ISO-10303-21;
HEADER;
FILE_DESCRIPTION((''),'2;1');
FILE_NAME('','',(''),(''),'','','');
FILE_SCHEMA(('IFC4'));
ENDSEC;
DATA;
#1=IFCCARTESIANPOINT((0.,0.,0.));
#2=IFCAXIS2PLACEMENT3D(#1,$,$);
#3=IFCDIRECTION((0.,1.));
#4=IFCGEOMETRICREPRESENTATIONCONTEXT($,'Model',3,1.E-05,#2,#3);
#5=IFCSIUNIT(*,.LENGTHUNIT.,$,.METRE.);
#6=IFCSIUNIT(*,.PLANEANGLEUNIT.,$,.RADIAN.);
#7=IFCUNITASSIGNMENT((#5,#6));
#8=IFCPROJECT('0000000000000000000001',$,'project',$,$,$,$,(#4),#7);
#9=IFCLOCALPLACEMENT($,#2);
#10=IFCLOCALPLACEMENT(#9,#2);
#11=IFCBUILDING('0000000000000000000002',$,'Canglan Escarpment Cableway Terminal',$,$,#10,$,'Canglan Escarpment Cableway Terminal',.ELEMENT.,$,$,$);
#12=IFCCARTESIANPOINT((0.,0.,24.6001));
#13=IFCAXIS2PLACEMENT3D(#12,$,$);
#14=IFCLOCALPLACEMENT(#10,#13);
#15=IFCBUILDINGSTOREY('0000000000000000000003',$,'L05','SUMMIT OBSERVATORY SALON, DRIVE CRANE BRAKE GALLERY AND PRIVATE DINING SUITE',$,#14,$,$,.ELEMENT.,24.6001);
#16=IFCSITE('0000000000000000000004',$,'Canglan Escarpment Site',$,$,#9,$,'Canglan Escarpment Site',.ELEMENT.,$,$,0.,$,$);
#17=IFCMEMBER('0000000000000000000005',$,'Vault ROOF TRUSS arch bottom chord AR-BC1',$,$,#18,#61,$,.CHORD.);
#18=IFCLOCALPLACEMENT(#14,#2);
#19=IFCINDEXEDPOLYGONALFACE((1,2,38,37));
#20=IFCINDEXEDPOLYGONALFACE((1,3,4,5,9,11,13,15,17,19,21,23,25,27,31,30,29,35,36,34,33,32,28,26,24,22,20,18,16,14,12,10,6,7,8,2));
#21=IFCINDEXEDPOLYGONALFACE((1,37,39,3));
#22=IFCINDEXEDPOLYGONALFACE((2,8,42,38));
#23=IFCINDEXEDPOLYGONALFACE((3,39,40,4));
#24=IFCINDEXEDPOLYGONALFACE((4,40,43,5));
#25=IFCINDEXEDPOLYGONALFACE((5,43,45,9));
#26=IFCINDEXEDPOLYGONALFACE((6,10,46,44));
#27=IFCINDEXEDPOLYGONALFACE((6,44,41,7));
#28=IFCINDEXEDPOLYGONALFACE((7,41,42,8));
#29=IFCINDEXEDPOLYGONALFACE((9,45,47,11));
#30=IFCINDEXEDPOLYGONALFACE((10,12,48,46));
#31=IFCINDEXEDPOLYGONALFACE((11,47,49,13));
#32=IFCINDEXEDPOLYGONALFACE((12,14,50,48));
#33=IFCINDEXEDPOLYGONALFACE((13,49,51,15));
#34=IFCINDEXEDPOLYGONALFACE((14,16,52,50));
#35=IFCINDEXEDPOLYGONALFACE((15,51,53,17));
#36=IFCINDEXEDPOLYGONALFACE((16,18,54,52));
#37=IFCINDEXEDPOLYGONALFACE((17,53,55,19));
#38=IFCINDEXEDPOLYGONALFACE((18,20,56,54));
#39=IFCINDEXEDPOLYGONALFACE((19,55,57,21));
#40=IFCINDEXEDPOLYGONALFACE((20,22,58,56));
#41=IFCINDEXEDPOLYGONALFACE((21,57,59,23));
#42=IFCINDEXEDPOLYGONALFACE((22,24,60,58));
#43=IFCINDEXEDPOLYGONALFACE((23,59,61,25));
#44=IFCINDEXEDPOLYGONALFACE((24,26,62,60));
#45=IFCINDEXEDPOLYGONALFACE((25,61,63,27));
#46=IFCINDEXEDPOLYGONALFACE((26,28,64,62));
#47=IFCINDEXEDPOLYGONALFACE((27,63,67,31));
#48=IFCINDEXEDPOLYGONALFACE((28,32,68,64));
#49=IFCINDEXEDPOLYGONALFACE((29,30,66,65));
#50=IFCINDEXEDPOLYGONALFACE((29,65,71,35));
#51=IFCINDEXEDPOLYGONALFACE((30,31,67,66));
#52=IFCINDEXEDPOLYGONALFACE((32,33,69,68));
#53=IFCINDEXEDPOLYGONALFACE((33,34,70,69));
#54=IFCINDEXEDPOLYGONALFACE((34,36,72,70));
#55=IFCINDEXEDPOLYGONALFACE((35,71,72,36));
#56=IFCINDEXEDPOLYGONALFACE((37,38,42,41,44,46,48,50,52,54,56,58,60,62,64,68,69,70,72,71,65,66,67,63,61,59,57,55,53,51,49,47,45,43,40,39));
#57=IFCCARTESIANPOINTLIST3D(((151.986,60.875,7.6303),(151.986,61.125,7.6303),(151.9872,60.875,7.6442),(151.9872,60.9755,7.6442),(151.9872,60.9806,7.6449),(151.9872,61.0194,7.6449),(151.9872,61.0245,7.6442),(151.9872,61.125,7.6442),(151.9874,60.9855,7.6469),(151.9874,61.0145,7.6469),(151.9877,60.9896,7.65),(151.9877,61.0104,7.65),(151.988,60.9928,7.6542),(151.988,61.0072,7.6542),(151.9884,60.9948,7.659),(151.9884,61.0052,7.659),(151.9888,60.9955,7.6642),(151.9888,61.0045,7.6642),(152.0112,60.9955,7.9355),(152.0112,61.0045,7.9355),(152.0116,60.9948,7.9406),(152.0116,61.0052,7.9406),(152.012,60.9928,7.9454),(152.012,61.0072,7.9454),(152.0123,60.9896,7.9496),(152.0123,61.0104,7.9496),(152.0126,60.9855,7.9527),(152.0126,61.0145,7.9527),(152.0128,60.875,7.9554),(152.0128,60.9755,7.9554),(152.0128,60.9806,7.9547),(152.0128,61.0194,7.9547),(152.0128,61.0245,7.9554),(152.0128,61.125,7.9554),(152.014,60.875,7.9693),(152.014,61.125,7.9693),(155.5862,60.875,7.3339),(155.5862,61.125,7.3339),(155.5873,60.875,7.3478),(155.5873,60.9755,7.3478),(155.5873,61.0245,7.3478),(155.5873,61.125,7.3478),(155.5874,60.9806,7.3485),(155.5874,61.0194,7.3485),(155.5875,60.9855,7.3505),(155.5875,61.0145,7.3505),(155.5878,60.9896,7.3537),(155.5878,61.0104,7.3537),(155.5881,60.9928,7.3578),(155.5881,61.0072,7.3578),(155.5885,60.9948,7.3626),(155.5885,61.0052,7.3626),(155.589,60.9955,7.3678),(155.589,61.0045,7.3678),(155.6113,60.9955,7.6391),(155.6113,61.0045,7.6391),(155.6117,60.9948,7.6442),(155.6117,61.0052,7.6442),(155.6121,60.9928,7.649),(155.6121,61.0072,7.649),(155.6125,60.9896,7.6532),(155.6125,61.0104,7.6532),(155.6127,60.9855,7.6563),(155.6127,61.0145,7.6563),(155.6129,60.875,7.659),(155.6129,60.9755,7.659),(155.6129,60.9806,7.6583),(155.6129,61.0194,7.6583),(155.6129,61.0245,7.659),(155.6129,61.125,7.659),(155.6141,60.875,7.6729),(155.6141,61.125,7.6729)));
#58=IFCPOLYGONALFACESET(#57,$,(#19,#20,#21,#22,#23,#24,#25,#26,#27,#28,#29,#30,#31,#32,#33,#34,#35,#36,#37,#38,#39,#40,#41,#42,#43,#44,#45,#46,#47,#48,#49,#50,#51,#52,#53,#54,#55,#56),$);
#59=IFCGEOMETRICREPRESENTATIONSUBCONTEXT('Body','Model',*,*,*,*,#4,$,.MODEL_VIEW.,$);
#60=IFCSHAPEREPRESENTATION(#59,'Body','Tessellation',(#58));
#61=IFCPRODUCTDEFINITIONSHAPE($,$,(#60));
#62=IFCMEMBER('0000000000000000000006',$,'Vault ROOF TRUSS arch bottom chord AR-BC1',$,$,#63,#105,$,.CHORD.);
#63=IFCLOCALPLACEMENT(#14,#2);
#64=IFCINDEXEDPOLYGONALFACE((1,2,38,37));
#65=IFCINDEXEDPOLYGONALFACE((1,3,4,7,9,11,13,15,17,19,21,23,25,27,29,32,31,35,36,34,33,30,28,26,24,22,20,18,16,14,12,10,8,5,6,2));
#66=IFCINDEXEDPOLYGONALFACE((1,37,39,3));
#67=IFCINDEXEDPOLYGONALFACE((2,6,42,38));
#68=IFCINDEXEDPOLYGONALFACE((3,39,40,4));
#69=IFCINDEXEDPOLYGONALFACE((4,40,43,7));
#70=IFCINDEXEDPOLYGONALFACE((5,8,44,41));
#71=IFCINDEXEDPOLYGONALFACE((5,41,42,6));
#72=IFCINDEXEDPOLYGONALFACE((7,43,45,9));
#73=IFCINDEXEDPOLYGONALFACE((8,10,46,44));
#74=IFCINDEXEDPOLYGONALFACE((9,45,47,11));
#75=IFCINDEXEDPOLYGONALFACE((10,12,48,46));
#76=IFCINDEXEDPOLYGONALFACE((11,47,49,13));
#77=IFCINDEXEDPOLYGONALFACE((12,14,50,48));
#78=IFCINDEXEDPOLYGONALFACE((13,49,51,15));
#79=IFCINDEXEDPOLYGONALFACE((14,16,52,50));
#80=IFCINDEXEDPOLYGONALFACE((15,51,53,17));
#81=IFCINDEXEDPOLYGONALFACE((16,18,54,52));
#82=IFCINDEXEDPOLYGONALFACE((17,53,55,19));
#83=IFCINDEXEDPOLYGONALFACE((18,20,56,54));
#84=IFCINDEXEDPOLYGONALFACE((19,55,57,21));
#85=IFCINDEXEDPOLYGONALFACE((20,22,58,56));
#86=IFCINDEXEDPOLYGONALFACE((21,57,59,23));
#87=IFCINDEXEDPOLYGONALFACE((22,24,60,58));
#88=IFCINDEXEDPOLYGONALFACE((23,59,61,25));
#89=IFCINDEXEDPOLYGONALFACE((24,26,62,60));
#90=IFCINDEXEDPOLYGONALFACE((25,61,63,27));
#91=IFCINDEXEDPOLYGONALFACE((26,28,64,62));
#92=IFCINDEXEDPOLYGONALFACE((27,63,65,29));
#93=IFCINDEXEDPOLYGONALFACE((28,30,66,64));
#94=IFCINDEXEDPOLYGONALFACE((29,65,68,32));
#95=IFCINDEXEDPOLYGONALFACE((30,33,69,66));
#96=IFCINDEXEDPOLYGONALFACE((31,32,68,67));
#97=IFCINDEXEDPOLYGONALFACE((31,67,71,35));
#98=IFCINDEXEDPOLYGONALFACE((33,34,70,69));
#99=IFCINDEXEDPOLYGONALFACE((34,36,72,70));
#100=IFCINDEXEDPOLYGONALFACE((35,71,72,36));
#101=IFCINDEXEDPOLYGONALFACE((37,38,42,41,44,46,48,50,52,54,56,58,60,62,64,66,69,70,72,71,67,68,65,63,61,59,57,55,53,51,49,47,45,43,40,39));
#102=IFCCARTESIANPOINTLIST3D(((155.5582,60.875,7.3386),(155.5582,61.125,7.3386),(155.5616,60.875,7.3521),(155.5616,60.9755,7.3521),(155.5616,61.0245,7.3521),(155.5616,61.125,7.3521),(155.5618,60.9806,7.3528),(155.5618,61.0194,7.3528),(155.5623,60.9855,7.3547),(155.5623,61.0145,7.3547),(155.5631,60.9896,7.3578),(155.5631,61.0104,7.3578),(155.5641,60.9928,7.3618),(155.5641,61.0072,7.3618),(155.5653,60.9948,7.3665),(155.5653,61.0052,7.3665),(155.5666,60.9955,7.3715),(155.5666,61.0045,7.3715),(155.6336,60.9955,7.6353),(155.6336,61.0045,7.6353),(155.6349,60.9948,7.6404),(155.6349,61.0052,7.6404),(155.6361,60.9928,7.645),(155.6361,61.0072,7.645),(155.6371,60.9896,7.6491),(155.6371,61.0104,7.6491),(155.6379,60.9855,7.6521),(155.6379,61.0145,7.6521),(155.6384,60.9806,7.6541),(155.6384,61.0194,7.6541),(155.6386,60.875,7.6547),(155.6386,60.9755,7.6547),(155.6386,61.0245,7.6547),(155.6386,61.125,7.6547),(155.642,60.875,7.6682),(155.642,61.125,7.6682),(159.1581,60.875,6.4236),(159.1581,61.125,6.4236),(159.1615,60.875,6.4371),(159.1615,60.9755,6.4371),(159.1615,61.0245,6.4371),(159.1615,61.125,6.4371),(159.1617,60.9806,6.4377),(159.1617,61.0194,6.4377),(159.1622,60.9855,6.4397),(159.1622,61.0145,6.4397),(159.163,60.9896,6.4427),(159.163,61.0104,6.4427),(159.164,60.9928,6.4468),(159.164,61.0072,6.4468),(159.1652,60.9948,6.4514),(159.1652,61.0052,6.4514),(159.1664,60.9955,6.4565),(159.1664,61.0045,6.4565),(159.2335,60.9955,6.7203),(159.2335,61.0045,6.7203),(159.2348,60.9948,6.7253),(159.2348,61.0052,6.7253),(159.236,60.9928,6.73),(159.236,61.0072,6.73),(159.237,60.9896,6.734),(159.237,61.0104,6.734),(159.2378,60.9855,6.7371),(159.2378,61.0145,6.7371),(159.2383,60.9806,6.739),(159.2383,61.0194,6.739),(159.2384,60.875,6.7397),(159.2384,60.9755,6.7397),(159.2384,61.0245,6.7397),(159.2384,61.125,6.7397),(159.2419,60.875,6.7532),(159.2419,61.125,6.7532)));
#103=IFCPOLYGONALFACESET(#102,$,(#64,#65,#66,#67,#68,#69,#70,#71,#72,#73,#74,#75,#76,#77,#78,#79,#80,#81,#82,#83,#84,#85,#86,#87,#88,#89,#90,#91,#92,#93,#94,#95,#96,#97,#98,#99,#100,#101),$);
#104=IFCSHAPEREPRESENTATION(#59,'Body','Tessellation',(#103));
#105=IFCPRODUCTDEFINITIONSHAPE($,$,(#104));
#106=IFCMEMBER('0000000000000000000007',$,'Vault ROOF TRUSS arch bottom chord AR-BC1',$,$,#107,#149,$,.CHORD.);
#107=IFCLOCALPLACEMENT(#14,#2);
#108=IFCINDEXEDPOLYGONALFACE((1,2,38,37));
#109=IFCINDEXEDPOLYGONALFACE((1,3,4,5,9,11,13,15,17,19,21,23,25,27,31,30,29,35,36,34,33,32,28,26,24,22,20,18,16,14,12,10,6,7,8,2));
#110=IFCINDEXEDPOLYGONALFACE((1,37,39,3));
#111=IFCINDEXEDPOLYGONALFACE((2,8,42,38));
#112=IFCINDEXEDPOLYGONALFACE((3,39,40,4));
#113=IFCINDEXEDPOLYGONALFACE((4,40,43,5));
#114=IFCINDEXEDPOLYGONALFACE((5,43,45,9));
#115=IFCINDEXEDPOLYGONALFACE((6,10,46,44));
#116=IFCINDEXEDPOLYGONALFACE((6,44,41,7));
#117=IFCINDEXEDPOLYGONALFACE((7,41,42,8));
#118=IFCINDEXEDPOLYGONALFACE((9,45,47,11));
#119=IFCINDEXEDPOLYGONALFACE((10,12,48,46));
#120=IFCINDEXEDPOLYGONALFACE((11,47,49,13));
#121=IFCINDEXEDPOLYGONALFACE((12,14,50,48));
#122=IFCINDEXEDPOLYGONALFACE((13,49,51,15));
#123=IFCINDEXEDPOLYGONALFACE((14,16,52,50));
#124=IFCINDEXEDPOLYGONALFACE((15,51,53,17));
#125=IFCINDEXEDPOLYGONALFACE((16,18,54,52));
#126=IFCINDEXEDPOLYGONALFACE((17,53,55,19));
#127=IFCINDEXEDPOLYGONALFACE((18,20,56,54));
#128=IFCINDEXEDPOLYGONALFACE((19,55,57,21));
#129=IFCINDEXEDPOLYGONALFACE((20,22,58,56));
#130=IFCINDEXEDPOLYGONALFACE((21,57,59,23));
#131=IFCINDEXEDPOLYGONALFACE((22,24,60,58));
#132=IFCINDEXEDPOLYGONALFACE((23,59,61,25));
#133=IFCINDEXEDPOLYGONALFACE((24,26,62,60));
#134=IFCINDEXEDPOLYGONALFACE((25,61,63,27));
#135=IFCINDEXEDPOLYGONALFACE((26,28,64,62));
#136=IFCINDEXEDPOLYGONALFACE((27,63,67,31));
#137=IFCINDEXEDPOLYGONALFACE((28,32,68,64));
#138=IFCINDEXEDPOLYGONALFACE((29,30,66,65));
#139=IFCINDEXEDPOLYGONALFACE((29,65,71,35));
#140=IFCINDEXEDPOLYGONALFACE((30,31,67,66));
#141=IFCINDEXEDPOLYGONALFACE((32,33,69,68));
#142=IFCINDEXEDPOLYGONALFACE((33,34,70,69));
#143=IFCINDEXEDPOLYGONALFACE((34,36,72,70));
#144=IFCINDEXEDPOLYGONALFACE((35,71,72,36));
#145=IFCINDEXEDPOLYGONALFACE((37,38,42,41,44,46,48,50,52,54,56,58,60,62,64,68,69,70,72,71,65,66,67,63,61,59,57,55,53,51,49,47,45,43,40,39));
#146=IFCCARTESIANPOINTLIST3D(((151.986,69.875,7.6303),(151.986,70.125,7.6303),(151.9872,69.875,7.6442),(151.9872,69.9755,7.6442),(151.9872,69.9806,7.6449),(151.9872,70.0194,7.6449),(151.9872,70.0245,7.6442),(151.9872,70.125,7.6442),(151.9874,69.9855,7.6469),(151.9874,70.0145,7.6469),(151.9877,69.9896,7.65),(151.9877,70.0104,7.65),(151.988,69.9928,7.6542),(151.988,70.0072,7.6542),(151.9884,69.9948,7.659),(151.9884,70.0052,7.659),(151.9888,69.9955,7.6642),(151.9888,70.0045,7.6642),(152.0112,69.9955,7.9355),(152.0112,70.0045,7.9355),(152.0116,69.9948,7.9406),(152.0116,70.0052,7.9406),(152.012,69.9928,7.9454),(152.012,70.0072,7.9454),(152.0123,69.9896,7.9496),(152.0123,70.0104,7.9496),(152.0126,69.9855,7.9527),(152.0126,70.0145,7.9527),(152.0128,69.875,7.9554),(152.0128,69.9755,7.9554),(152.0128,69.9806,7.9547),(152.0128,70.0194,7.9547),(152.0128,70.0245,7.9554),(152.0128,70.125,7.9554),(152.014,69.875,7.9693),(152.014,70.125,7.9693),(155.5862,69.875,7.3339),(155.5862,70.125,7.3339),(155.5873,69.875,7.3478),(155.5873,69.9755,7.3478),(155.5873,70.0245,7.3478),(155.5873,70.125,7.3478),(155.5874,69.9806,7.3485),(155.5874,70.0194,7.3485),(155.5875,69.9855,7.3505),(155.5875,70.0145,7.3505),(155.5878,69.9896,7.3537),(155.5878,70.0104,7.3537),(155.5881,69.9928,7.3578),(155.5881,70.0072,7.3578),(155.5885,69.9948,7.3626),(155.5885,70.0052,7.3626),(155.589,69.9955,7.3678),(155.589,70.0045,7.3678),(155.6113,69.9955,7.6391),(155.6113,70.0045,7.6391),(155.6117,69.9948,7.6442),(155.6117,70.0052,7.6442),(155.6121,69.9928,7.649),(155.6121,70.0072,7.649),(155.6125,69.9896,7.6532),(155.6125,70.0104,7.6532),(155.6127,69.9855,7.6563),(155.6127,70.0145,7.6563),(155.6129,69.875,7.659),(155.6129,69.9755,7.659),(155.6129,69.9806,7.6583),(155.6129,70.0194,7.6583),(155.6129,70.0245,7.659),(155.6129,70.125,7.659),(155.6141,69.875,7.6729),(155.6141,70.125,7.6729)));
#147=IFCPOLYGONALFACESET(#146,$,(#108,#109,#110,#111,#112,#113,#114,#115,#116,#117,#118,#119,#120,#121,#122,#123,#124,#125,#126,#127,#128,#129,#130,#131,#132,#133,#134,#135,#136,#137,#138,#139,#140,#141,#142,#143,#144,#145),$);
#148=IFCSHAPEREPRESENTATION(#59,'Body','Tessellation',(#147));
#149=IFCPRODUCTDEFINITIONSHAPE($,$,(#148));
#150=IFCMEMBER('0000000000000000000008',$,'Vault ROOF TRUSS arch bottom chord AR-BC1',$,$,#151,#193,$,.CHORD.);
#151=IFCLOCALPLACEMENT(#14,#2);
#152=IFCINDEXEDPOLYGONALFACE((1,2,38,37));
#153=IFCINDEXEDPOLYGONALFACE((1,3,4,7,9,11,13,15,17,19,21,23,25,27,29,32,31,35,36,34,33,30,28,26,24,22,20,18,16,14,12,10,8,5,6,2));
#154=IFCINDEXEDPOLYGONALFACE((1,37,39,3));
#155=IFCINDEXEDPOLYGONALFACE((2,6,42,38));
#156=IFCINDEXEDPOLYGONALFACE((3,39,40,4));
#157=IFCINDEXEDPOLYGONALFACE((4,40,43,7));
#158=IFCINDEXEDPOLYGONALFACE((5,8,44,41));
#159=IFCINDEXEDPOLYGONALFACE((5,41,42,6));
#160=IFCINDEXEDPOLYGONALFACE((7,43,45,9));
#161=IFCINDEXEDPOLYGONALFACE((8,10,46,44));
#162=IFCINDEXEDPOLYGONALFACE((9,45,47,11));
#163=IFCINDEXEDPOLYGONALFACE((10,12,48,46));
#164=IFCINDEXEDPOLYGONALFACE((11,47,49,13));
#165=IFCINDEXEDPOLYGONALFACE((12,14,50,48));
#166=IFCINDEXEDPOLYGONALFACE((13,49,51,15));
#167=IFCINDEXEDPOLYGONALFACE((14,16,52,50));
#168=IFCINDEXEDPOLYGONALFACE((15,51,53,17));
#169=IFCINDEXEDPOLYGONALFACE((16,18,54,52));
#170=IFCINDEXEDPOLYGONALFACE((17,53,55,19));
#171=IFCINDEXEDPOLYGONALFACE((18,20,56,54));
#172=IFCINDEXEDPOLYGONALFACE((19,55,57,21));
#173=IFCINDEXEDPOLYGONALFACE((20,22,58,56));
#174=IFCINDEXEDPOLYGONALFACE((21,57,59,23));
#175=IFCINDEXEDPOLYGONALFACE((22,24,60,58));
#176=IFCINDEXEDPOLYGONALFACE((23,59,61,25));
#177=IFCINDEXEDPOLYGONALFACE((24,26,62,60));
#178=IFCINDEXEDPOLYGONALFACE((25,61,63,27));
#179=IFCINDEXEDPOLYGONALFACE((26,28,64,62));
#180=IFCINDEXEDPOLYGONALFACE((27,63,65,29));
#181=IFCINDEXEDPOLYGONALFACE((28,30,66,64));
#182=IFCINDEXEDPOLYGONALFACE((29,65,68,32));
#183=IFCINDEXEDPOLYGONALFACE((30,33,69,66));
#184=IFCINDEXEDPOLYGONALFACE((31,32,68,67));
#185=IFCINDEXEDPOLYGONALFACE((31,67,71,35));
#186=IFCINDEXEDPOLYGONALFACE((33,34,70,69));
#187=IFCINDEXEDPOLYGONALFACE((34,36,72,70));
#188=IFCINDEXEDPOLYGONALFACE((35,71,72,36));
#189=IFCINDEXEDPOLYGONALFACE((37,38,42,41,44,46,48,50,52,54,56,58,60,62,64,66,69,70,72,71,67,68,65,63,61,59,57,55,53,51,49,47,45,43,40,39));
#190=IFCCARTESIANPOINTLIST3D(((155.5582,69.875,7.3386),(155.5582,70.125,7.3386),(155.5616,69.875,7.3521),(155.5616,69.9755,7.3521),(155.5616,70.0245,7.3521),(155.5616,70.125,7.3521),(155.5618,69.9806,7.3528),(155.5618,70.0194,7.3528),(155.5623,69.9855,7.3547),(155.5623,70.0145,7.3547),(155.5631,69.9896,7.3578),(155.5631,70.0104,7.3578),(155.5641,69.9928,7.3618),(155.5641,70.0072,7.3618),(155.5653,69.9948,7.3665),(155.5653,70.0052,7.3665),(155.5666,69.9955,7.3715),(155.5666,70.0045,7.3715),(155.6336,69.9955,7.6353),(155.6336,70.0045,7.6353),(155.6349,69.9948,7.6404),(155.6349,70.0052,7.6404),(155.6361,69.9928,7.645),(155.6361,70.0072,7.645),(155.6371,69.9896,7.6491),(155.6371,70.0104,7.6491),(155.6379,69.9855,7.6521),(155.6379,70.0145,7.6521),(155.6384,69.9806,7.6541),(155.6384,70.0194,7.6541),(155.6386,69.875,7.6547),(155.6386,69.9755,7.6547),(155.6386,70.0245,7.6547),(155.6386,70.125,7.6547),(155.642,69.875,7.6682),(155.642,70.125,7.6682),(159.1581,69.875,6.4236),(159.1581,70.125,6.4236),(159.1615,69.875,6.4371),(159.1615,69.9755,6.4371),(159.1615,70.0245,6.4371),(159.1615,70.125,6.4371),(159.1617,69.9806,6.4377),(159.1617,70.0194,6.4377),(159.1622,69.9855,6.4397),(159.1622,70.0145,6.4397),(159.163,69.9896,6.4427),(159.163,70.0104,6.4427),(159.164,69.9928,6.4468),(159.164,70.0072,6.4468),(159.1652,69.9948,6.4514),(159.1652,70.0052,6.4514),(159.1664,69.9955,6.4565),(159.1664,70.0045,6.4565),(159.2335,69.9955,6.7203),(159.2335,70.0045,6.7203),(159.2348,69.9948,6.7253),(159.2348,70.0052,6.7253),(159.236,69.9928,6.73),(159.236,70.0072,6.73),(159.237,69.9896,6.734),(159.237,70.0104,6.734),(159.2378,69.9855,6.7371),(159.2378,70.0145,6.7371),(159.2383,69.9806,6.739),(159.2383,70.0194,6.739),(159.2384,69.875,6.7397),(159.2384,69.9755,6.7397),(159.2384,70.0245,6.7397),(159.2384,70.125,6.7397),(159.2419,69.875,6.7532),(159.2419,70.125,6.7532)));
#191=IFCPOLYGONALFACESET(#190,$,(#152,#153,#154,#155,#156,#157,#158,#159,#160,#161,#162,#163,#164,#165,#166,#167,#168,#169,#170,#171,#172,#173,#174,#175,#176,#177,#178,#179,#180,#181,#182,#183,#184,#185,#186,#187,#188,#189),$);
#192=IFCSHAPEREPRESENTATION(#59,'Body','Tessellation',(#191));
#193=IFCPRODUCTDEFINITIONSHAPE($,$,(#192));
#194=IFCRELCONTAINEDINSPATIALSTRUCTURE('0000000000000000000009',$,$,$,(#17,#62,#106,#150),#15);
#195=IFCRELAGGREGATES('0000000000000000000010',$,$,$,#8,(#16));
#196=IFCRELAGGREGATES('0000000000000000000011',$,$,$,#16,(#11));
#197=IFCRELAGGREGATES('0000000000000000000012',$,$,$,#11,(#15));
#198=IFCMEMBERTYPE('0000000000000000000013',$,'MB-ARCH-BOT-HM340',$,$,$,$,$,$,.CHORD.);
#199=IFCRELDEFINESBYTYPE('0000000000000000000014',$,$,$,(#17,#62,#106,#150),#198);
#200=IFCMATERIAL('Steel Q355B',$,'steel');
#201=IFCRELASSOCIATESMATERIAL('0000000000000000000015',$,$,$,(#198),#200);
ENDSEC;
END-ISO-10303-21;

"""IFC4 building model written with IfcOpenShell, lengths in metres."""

from ifc_helpers import new_model, si_unit, direction, frame, origin, origin_2d, place, context, subcontext, project, spatial, i_section, extrude, material, material_profile, profile_set, type_object, element, save


model = new_model("IFC4")

# Units and contexts
model_context = context("Model", 3, precision=1e-05, world=origin(), true_north=direction((0.0, 1.0)))
body_context = subcontext(model_context, "Body", "Model", "MODEL_VIEW")
ifc_project = project(units=[si_unit("LENGTHUNIT", "METRE"), si_unit("PLANEANGLEUNIT", "RADIAN")], contexts=[model_context])

# Site, building, storey
site_placement = place(None, origin())
site = spatial("IfcSite", under=ifc_project, at=site_placement, Name="Canglan Escarpment Site", LongName="Canglan Escarpment Site", CompositionType="ELEMENT", RefElevation=0.0)
building_placement = place(site_placement, origin())
building = spatial("IfcBuilding", under=site, at=building_placement, Name="Canglan Escarpment Cableway Terminal", LongName="Canglan Escarpment Cableway Terminal", CompositionType="ELEMENT")
storey_placement = place(building_placement, frame((0.0, 0.0, 24.6001)))
storey = spatial("IfcBuildingStorey", under=building, at=storey_placement, Name="L05", Description="SUMMIT OBSERVATORY SALON, DRIVE CRANE BRAKE GALLERY AND PRIVATE DINING SUITE", CompositionType="ELEMENT", Elevation=24.6001)

# Shared definitions
ifc_material = material(Name="Steel Q355B", Category="steel")

# Members
ifc_material_profile_1 = material_profile(ifc_material, i_section(OverallWidth=0.25, OverallDepth=0.3401, WebThickness=0.009, FlangeThickness=0.0139, FilletRadius=0.02, at=origin_2d()), Name="HM 340x250x9x14")
ifc_profile_set_1 = profile_set([ifc_material_profile_1], Name="Steel Q355B")
member_type_1 = type_object("IfcMemberType", Name="MB-ARCH-BOT-HM340", PredefinedType="CHORD", material=ifc_profile_set_1)
member_1_placement = place(storey_placement, frame((152.0, 61.0, 7.7998), z_axis=(0.996628, 0.0, -0.08205), x_axis=(0.0, 1.0, 0.0)))
element("IfcMember", 1, at=member_1_placement, inside=storey, type_object=member_type_1, Name="Vault ROOF TRUSS arch bottom chord AR-BC1", PredefinedType="CHORD", context=body_context, shape_type="SweptSolid", body=[
    extrude(i_section(OverallWidth=0.25, OverallDepth=0.3401, WebThickness=0.009, FlangeThickness=0.0139, FilletRadius=0.02, at=origin_2d()), origin(), (0.0, 0.0, 1.0), 3.6123),
])
member_2_placement = place(storey_placement, frame((155.6001, 61.0, 7.5034), z_axis=(0.96918, 0.0, -0.246354), x_axis=(0.0, 1.0, 0.0)))
element("IfcMember", 2, at=member_2_placement, inside=storey, type_object=member_type_1, Name="Vault ROOF TRUSS arch bottom chord AR-BC1", PredefinedType="CHORD", context=body_context, shape_type="SweptSolid", body=[
    extrude(i_section(OverallWidth=0.25, OverallDepth=0.3401, WebThickness=0.009, FlangeThickness=0.0139, FilletRadius=0.02, at=origin_2d()), origin(), (0.0, 0.0, 1.0), 3.7144),
])
member_3_placement = place(storey_placement, frame((152.0, 70.0, 7.7998), z_axis=(0.996628, 0.0, -0.08205), x_axis=(0.0, 1.0, 0.0)))
element("IfcMember", 3, at=member_3_placement, inside=storey, type_object=member_type_1, Name="Vault ROOF TRUSS arch bottom chord AR-BC1", PredefinedType="CHORD", context=body_context, shape_type="SweptSolid", body=[
    extrude(i_section(OverallWidth=0.25, OverallDepth=0.3401, WebThickness=0.009, FlangeThickness=0.0139, FilletRadius=0.02, at=origin_2d()), origin(), (0.0, 0.0, 1.0), 3.6123),
])
member_4_placement = place(storey_placement, frame((155.6001, 70.0, 7.5034), z_axis=(0.96918, 0.0, -0.246354), x_axis=(0.0, 1.0, 0.0)))
element("IfcMember", 4, at=member_4_placement, inside=storey, type_object=member_type_1, Name="Vault ROOF TRUSS arch bottom chord AR-BC1", PredefinedType="CHORD", context=body_context, shape_type="SweptSolid", body=[
    extrude(i_section(OverallWidth=0.25, OverallDepth=0.3401, WebThickness=0.009, FlangeThickness=0.0139, FilletRadius=0.02, at=origin_2d()), origin(), (0.0, 0.0, 1.0), 3.7144),
])

save(model, "model.ifc")
